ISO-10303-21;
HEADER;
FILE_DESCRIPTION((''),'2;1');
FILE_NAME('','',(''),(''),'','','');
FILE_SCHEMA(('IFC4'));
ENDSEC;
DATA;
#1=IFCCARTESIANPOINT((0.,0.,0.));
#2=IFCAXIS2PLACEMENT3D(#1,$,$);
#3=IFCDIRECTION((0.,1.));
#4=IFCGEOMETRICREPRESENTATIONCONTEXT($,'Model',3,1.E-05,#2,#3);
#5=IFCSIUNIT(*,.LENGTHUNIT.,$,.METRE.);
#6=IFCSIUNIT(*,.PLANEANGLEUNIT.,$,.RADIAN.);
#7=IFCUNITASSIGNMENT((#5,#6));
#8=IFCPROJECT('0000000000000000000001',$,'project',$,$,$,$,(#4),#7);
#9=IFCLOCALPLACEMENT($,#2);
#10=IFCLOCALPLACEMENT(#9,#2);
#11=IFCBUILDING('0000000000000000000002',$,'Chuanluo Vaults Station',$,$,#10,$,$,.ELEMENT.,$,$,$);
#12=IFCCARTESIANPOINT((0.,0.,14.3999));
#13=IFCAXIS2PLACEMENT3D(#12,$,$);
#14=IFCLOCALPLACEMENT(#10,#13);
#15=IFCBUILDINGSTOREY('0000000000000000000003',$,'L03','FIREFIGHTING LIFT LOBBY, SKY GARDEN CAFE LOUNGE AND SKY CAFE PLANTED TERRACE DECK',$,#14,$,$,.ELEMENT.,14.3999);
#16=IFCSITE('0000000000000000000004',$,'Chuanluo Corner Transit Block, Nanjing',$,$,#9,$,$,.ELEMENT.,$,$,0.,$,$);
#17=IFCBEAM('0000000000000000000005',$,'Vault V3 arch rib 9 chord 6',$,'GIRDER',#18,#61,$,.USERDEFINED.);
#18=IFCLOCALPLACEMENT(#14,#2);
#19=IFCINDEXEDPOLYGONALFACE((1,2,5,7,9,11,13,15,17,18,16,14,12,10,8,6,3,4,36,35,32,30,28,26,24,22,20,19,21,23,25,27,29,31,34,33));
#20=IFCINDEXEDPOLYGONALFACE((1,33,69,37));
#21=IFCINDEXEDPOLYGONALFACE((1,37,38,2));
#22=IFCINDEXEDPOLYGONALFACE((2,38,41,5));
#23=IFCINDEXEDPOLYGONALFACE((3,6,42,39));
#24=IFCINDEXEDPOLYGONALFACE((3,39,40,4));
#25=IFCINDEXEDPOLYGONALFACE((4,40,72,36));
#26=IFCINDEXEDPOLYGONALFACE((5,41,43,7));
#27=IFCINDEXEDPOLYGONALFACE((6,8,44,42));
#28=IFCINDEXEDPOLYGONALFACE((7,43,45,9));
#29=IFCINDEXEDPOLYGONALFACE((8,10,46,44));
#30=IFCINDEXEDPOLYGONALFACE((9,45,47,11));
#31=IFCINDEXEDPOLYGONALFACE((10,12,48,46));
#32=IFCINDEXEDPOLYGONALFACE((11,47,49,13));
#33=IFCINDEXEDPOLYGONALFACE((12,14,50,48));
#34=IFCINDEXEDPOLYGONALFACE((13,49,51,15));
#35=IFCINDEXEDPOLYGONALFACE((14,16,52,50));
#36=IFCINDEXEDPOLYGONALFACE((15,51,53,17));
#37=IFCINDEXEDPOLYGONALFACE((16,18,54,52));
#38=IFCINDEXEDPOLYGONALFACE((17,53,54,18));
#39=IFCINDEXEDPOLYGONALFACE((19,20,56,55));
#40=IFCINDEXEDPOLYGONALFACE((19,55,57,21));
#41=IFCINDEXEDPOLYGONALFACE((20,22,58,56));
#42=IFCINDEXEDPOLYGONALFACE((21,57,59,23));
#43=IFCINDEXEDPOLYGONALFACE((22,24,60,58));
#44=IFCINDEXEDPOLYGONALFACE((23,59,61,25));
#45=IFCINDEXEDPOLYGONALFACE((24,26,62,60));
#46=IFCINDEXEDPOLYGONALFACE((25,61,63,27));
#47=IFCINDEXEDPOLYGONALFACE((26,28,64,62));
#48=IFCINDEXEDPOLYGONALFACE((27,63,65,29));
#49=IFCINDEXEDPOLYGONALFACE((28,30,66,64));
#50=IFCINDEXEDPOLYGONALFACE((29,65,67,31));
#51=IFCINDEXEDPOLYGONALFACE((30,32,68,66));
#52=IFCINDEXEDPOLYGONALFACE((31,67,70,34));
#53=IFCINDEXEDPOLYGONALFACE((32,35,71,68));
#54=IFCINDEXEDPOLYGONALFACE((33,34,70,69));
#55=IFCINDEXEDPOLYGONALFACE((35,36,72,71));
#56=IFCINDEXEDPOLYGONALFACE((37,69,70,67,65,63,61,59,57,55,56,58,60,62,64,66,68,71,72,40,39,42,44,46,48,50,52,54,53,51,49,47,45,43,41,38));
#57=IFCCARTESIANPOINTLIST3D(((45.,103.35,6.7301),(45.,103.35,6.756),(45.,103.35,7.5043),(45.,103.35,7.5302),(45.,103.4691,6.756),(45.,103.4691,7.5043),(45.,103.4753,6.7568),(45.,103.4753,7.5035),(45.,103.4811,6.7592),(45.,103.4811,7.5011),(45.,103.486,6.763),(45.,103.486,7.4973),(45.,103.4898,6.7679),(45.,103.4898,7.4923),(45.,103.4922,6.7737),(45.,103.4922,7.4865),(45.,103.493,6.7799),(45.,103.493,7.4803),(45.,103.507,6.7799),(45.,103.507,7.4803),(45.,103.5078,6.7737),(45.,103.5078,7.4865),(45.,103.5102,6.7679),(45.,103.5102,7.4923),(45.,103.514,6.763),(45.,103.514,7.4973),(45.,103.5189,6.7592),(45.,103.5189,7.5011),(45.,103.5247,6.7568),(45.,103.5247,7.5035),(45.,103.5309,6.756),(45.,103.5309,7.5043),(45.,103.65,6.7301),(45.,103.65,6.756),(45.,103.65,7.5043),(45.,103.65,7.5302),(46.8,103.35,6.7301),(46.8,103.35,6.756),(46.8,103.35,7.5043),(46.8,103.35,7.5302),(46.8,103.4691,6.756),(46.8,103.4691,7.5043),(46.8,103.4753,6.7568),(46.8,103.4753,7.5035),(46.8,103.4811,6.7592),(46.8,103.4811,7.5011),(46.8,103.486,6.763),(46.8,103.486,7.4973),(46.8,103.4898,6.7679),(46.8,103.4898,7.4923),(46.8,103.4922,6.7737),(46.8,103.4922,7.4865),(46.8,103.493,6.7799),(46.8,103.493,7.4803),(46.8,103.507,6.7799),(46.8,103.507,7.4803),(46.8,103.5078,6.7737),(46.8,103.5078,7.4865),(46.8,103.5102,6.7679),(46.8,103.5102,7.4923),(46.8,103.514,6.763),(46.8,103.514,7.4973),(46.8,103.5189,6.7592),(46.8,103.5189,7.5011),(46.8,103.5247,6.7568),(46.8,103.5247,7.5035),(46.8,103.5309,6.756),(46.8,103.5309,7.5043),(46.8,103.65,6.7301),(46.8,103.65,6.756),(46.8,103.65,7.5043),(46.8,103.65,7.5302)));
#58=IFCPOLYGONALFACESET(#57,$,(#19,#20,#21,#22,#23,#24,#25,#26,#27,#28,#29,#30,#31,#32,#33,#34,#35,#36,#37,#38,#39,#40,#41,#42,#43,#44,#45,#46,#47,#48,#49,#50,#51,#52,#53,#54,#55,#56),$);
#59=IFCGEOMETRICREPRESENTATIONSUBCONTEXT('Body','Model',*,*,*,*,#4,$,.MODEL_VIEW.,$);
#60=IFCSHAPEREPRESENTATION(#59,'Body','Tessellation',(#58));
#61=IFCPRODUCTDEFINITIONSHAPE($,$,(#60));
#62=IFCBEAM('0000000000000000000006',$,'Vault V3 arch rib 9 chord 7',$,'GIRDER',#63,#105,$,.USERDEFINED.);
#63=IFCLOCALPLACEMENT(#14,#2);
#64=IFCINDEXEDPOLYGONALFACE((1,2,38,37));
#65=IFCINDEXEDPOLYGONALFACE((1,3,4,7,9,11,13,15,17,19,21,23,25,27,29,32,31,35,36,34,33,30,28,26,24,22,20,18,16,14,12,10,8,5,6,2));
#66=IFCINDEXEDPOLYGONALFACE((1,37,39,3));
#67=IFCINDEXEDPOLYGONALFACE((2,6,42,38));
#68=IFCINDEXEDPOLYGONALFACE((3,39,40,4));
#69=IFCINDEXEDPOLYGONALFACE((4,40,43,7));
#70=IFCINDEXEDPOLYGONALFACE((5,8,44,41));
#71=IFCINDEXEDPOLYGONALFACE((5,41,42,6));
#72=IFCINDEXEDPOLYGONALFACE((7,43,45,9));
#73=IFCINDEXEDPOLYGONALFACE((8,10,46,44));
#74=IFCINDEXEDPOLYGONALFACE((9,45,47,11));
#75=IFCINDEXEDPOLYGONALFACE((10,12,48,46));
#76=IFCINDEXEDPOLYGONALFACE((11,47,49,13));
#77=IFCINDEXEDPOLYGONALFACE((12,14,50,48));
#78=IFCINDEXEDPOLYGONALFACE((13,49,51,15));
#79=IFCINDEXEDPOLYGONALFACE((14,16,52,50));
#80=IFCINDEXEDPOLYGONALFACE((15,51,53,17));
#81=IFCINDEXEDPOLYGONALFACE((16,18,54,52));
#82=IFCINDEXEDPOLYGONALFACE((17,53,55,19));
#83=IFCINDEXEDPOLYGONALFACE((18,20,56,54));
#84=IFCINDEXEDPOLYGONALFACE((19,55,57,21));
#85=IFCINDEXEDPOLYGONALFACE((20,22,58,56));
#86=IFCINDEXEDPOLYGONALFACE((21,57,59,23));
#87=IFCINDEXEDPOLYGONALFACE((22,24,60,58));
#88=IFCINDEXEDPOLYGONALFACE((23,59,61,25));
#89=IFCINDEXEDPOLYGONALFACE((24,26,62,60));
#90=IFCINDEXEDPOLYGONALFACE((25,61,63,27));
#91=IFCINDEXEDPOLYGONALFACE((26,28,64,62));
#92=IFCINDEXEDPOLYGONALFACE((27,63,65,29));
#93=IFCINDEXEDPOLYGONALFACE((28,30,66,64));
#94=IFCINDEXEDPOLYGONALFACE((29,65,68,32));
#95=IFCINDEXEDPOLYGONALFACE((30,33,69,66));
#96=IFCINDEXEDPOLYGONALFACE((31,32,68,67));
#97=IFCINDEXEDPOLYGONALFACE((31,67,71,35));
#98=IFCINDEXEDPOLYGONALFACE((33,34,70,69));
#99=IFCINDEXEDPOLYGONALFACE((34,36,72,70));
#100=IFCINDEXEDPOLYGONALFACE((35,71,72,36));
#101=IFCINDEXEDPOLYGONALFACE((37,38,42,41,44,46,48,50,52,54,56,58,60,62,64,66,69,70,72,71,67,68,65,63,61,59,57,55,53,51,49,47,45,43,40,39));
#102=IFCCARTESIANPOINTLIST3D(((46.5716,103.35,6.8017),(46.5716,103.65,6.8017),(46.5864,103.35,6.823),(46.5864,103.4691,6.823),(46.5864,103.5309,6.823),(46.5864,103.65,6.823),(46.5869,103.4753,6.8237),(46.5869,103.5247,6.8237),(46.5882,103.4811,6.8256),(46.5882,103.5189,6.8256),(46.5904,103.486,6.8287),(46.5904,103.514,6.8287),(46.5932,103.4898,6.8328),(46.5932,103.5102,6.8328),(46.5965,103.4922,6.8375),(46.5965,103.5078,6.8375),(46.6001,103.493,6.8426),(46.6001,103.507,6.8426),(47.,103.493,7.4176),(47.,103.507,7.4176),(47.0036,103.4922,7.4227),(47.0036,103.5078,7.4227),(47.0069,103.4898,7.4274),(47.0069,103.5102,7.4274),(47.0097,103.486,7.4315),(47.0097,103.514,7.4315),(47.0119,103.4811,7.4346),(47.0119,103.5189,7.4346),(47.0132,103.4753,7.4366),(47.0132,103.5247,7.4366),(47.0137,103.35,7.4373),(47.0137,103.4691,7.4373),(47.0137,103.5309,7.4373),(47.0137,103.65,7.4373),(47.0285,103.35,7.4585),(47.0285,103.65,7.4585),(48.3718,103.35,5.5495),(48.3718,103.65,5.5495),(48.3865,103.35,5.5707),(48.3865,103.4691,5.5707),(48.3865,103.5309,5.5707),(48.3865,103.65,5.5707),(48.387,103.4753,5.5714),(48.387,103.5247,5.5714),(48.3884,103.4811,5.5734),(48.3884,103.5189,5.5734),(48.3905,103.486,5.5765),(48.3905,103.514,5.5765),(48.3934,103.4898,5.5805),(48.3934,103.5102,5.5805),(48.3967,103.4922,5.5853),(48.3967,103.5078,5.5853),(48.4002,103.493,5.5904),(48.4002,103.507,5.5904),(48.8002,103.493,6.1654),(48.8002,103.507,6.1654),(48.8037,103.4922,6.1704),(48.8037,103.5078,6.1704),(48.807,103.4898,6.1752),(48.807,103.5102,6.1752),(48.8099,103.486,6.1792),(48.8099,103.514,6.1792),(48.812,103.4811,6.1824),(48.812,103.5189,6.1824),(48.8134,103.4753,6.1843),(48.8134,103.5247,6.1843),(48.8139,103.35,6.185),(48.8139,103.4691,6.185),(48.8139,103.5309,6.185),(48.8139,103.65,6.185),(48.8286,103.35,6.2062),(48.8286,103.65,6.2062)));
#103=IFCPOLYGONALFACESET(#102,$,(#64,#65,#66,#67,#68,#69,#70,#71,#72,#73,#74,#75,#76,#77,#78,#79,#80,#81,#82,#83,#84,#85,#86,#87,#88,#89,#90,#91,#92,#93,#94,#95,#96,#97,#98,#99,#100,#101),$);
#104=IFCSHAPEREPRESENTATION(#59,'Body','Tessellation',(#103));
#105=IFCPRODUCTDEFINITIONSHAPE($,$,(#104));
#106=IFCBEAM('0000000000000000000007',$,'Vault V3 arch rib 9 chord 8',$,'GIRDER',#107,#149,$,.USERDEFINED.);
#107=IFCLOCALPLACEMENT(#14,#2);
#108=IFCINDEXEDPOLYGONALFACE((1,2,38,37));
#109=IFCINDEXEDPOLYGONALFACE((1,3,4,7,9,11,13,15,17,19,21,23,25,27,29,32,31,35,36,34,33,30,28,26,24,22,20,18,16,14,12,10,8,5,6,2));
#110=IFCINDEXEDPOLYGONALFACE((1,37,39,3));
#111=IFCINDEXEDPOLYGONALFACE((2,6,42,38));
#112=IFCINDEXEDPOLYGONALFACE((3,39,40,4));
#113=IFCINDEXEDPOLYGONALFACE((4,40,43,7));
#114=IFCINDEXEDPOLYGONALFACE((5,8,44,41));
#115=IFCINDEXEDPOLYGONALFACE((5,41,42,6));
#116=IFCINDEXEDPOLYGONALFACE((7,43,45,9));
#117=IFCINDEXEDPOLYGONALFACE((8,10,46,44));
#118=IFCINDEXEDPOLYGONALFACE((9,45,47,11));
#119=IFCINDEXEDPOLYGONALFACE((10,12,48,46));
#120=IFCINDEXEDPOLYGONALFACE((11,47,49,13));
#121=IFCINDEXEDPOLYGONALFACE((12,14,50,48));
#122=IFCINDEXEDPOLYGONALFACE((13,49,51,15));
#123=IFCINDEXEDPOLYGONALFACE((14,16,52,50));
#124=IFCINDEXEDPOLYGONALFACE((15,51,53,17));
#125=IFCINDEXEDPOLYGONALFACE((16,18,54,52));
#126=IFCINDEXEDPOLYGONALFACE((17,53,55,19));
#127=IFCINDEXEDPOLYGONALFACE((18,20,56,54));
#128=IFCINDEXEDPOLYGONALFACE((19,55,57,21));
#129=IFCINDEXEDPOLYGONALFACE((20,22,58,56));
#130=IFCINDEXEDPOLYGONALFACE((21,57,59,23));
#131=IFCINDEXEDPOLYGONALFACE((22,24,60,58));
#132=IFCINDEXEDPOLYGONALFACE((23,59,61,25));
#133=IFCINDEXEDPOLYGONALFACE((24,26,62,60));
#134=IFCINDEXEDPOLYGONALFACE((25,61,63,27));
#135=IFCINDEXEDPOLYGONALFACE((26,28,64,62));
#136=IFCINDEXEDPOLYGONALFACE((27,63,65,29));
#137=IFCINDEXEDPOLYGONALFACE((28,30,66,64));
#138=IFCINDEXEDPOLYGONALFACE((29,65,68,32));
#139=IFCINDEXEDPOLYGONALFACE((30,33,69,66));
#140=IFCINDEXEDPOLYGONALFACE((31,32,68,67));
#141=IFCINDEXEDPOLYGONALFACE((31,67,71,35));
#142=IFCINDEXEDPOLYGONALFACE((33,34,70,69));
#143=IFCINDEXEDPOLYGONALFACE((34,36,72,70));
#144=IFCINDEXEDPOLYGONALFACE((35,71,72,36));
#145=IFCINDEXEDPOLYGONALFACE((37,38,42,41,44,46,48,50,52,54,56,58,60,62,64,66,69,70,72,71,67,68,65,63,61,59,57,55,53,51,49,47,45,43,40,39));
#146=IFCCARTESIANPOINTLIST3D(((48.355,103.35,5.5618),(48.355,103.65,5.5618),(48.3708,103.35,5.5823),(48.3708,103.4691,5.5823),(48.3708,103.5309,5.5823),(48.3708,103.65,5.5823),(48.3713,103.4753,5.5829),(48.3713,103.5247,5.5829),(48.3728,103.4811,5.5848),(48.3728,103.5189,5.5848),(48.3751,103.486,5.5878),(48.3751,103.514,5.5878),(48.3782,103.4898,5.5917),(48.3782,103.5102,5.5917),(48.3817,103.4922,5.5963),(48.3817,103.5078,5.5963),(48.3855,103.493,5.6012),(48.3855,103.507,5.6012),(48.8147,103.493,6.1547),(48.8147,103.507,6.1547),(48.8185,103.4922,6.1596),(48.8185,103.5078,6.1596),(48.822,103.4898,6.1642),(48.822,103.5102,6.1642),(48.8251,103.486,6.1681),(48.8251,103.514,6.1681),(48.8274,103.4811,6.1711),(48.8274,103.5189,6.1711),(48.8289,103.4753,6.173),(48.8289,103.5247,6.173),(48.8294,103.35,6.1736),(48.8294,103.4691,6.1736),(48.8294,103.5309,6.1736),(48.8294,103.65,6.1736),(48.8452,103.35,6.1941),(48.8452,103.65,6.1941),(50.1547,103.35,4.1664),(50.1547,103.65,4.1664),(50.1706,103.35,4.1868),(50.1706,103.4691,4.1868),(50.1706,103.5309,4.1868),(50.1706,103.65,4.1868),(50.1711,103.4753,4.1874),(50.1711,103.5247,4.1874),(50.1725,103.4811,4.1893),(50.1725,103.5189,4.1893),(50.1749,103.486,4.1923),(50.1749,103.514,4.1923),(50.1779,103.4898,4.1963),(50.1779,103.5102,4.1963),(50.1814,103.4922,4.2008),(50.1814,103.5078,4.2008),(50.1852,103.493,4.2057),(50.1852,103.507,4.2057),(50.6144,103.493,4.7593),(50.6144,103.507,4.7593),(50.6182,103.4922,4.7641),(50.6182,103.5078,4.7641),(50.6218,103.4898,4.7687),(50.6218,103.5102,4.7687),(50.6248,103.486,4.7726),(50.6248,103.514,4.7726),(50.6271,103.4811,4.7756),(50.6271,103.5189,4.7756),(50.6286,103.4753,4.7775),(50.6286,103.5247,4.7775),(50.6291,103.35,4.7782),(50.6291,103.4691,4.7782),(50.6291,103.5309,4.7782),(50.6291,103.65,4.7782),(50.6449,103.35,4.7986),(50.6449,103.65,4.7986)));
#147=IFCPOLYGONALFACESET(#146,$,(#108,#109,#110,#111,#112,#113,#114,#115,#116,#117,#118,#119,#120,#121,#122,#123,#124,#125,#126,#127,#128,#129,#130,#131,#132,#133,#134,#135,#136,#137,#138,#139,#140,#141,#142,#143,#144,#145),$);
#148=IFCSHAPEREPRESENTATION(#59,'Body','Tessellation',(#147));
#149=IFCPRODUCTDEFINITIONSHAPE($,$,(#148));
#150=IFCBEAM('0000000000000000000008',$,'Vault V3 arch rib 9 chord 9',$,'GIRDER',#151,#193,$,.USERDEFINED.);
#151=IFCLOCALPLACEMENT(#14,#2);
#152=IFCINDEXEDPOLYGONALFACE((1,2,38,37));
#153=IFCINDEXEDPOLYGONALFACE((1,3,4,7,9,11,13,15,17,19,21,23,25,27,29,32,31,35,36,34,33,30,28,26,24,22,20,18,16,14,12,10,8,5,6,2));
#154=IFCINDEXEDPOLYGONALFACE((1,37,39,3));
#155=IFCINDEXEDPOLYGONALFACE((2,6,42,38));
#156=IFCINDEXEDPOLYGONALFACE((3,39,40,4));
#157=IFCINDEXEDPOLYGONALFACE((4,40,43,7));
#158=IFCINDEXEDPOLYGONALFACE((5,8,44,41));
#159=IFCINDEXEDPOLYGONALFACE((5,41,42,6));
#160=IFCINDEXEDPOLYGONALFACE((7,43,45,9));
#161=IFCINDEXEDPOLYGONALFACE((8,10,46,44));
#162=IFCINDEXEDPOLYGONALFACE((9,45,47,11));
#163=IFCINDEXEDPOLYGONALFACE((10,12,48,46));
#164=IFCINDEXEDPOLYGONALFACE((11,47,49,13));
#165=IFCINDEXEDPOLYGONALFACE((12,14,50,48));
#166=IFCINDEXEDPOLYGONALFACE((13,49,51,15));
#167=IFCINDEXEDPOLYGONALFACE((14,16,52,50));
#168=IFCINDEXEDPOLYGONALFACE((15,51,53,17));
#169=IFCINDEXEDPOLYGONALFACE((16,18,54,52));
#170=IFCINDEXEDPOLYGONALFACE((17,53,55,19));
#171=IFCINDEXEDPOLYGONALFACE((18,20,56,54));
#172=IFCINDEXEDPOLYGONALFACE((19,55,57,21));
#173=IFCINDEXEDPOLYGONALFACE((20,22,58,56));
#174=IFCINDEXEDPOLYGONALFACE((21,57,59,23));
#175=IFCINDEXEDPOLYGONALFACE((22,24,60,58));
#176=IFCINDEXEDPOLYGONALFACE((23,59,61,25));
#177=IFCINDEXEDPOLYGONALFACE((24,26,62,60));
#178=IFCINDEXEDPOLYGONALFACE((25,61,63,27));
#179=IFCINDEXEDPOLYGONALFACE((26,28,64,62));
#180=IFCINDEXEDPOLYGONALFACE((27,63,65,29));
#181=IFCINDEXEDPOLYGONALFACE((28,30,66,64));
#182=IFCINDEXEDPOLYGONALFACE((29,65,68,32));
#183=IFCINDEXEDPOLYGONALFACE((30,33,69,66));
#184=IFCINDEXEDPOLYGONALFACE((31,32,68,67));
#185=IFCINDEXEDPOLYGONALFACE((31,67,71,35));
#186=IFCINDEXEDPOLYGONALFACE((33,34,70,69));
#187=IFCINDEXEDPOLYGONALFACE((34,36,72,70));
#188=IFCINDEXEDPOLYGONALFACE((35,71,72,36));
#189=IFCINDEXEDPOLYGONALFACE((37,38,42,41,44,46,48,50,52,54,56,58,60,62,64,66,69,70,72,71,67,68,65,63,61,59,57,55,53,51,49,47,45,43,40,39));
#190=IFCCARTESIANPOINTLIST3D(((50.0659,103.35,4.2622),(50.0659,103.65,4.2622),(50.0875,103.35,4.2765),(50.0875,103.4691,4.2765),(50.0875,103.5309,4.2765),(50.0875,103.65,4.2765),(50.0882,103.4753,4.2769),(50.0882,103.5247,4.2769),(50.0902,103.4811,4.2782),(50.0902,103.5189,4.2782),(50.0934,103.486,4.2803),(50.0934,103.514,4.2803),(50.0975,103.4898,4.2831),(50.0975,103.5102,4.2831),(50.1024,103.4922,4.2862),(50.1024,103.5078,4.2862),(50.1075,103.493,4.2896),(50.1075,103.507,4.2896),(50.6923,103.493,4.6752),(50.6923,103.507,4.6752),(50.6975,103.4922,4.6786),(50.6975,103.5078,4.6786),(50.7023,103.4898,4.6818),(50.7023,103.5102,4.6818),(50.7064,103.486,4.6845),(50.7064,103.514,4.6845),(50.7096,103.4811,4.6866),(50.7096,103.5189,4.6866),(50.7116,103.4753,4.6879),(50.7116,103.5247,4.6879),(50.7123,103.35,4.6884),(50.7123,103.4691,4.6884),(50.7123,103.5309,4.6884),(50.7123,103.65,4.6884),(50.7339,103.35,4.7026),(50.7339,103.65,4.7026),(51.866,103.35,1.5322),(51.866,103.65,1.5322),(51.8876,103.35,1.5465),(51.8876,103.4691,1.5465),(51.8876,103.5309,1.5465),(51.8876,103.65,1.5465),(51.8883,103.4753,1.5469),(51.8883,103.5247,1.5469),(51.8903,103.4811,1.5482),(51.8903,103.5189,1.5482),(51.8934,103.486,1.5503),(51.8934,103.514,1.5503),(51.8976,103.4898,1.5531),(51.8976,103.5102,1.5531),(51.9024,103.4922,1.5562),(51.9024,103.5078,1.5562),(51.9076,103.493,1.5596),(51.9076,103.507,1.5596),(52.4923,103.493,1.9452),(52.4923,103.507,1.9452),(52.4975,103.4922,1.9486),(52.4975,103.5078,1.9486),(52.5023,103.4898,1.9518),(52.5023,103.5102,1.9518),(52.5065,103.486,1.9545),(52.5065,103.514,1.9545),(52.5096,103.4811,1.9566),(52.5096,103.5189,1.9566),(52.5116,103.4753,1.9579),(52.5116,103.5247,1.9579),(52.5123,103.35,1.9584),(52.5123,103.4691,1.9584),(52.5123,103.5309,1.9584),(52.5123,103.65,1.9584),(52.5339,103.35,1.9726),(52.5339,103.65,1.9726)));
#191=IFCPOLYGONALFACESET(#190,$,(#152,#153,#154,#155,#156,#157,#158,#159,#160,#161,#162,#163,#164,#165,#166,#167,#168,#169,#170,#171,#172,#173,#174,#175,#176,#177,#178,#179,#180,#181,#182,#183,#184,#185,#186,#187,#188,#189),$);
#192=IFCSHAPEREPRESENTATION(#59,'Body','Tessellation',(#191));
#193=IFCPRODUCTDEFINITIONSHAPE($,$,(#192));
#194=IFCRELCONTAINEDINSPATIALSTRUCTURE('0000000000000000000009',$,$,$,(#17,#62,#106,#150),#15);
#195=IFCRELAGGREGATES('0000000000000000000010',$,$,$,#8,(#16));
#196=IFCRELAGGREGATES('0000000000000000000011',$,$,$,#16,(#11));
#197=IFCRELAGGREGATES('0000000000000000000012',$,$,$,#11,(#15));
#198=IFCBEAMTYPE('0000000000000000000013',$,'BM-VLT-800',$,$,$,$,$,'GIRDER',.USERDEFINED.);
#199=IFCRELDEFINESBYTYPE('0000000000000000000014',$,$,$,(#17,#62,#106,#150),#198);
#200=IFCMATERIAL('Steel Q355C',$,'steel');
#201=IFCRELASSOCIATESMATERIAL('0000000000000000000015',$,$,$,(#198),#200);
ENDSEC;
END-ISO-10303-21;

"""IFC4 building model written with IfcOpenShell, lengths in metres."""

from ifc_helpers import new_model, si_unit, direction, frame, origin, origin_2d, place, context, subcontext, project, spatial, i_section, extrude, material, material_profile, profile_set, type_object, element, save


model = new_model("IFC4")

# Units and contexts
model_context = context("Model", 3, precision=1e-05, world=origin(), true_north=direction((0.0, 1.0)))
body_context = subcontext(model_context, "Body", "Model", "MODEL_VIEW")
ifc_project = project(units=[si_unit("LENGTHUNIT", "METRE"), si_unit("PLANEANGLEUNIT", "RADIAN")], contexts=[model_context])

# Site, building, storey
site_placement = place(None, origin())
site = spatial("IfcSite", under=ifc_project, at=site_placement, Name="Chuanluo Corner Transit Block, Nanjing", CompositionType="ELEMENT", RefElevation=0.0)
building_placement = place(site_placement, origin())
building = spatial("IfcBuilding", under=site, at=building_placement, Name="Chuanluo Vaults Station", CompositionType="ELEMENT")
storey_placement = place(building_placement, frame((0.0, 0.0, 14.3999)))
storey = spatial("IfcBuildingStorey", under=building, at=storey_placement, Name="L03", Description="FIREFIGHTING LIFT LOBBY, SKY GARDEN CAFE LOUNGE AND SKY CAFE PLANTED TERRACE DECK", CompositionType="ELEMENT", Elevation=14.3999)

# Beams
ifc_material_1 = material(Name="Steel Q355C", Category="steel")
ifc_material_profile_1 = material_profile(ifc_material_1, i_section(OverallWidth=0.3, OverallDepth=0.8, WebThickness=0.0139, FlangeThickness=0.0259, FilletRadius=0.0239, at=origin_2d()))
ifc_profile_set_1 = profile_set([ifc_material_profile_1], Name="Steel Q355C")
beam_type_1 = type_object("IfcBeamType", Name="BM-VLT-800", ElementType="GIRDER", PredefinedType="USERDEFINED", material=ifc_profile_set_1)
for number, where, z_axis, x_axis, name in (
    (1, (45.0, 103.5, 7.1301), (1.0, 0.0, 0.0), (0.0, 1.0, 0.0), "Vault V3 arch rib 9 chord 6"),
):
    element("IfcBeam", number, at=place(storey_placement, frame(where, z_axis=z_axis, x_axis=x_axis)), inside=storey, type_object=beam_type_1, Name=name, ObjectType="GIRDER", PredefinedType="USERDEFINED", context=body_context, shape_type="SweptSolid", body=[
        extrude(i_section(OverallWidth=0.3, OverallDepth=0.8, WebThickness=0.0139, FlangeThickness=0.0259, FilletRadius=0.0239, at=origin_2d()), origin(), (0.0, 0.0, 1.0), 1.8),
    ])
beam_1_placement = place(storey_placement, frame((46.8, 103.5, 7.1301), z_axis=(0.820907, 0.0, -0.571061), x_axis=(0.0, 1.0, 0.0)))
element("IfcBeam", 2, at=beam_1_placement, inside=storey, type_object=beam_type_1, Name="Vault V3 arch rib 9 chord 7", ObjectType="GIRDER", PredefinedType="USERDEFINED", context=body_context, shape_type="SweptSolid", body=[
    extrude(i_section(OverallWidth=0.3, OverallDepth=0.8, WebThickness=0.0139, FlangeThickness=0.0259, FilletRadius=0.0239, at=origin_2d()), origin(), (0.0, 0.0, 1.0), 2.1929),
])
beam_2_placement = place(storey_placement, frame((48.6001, 103.5, 5.8779), z_axis=(0.790275, 0.0, -0.612752), x_axis=(0.0, 1.0, 0.0)))
element("IfcBeam", 3, at=beam_2_placement, inside=storey, type_object=beam_type_1, Name="Vault V3 arch rib 9 chord 8", ObjectType="GIRDER", PredefinedType="USERDEFINED", context=body_context, shape_type="SweptSolid", body=[
    extrude(i_section(OverallWidth=0.3, OverallDepth=0.8, WebThickness=0.0139, FlangeThickness=0.0259, FilletRadius=0.0239, at=origin_2d()), origin(), (0.0, 0.0, 1.0), 2.2773),
])
beam_3_placement = place(storey_placement, frame((50.3999, 103.5, 4.4824), z_axis=(0.550472, 0.0, -0.834854), x_axis=(0.0, 1.0, 0.0)))
element("IfcBeam", 4, at=beam_3_placement, inside=storey, type_object=beam_type_1, Name="Vault V3 arch rib 9 chord 9", ObjectType="GIRDER", PredefinedType="USERDEFINED", context=body_context, shape_type="SweptSolid", body=[
    extrude(i_section(OverallWidth=0.3, OverallDepth=0.8, WebThickness=0.0139, FlangeThickness=0.0259, FilletRadius=0.0239, at=origin_2d()), origin(), (0.0, 0.0, 1.0), 3.27),
])

save(model, "model.ifc")
